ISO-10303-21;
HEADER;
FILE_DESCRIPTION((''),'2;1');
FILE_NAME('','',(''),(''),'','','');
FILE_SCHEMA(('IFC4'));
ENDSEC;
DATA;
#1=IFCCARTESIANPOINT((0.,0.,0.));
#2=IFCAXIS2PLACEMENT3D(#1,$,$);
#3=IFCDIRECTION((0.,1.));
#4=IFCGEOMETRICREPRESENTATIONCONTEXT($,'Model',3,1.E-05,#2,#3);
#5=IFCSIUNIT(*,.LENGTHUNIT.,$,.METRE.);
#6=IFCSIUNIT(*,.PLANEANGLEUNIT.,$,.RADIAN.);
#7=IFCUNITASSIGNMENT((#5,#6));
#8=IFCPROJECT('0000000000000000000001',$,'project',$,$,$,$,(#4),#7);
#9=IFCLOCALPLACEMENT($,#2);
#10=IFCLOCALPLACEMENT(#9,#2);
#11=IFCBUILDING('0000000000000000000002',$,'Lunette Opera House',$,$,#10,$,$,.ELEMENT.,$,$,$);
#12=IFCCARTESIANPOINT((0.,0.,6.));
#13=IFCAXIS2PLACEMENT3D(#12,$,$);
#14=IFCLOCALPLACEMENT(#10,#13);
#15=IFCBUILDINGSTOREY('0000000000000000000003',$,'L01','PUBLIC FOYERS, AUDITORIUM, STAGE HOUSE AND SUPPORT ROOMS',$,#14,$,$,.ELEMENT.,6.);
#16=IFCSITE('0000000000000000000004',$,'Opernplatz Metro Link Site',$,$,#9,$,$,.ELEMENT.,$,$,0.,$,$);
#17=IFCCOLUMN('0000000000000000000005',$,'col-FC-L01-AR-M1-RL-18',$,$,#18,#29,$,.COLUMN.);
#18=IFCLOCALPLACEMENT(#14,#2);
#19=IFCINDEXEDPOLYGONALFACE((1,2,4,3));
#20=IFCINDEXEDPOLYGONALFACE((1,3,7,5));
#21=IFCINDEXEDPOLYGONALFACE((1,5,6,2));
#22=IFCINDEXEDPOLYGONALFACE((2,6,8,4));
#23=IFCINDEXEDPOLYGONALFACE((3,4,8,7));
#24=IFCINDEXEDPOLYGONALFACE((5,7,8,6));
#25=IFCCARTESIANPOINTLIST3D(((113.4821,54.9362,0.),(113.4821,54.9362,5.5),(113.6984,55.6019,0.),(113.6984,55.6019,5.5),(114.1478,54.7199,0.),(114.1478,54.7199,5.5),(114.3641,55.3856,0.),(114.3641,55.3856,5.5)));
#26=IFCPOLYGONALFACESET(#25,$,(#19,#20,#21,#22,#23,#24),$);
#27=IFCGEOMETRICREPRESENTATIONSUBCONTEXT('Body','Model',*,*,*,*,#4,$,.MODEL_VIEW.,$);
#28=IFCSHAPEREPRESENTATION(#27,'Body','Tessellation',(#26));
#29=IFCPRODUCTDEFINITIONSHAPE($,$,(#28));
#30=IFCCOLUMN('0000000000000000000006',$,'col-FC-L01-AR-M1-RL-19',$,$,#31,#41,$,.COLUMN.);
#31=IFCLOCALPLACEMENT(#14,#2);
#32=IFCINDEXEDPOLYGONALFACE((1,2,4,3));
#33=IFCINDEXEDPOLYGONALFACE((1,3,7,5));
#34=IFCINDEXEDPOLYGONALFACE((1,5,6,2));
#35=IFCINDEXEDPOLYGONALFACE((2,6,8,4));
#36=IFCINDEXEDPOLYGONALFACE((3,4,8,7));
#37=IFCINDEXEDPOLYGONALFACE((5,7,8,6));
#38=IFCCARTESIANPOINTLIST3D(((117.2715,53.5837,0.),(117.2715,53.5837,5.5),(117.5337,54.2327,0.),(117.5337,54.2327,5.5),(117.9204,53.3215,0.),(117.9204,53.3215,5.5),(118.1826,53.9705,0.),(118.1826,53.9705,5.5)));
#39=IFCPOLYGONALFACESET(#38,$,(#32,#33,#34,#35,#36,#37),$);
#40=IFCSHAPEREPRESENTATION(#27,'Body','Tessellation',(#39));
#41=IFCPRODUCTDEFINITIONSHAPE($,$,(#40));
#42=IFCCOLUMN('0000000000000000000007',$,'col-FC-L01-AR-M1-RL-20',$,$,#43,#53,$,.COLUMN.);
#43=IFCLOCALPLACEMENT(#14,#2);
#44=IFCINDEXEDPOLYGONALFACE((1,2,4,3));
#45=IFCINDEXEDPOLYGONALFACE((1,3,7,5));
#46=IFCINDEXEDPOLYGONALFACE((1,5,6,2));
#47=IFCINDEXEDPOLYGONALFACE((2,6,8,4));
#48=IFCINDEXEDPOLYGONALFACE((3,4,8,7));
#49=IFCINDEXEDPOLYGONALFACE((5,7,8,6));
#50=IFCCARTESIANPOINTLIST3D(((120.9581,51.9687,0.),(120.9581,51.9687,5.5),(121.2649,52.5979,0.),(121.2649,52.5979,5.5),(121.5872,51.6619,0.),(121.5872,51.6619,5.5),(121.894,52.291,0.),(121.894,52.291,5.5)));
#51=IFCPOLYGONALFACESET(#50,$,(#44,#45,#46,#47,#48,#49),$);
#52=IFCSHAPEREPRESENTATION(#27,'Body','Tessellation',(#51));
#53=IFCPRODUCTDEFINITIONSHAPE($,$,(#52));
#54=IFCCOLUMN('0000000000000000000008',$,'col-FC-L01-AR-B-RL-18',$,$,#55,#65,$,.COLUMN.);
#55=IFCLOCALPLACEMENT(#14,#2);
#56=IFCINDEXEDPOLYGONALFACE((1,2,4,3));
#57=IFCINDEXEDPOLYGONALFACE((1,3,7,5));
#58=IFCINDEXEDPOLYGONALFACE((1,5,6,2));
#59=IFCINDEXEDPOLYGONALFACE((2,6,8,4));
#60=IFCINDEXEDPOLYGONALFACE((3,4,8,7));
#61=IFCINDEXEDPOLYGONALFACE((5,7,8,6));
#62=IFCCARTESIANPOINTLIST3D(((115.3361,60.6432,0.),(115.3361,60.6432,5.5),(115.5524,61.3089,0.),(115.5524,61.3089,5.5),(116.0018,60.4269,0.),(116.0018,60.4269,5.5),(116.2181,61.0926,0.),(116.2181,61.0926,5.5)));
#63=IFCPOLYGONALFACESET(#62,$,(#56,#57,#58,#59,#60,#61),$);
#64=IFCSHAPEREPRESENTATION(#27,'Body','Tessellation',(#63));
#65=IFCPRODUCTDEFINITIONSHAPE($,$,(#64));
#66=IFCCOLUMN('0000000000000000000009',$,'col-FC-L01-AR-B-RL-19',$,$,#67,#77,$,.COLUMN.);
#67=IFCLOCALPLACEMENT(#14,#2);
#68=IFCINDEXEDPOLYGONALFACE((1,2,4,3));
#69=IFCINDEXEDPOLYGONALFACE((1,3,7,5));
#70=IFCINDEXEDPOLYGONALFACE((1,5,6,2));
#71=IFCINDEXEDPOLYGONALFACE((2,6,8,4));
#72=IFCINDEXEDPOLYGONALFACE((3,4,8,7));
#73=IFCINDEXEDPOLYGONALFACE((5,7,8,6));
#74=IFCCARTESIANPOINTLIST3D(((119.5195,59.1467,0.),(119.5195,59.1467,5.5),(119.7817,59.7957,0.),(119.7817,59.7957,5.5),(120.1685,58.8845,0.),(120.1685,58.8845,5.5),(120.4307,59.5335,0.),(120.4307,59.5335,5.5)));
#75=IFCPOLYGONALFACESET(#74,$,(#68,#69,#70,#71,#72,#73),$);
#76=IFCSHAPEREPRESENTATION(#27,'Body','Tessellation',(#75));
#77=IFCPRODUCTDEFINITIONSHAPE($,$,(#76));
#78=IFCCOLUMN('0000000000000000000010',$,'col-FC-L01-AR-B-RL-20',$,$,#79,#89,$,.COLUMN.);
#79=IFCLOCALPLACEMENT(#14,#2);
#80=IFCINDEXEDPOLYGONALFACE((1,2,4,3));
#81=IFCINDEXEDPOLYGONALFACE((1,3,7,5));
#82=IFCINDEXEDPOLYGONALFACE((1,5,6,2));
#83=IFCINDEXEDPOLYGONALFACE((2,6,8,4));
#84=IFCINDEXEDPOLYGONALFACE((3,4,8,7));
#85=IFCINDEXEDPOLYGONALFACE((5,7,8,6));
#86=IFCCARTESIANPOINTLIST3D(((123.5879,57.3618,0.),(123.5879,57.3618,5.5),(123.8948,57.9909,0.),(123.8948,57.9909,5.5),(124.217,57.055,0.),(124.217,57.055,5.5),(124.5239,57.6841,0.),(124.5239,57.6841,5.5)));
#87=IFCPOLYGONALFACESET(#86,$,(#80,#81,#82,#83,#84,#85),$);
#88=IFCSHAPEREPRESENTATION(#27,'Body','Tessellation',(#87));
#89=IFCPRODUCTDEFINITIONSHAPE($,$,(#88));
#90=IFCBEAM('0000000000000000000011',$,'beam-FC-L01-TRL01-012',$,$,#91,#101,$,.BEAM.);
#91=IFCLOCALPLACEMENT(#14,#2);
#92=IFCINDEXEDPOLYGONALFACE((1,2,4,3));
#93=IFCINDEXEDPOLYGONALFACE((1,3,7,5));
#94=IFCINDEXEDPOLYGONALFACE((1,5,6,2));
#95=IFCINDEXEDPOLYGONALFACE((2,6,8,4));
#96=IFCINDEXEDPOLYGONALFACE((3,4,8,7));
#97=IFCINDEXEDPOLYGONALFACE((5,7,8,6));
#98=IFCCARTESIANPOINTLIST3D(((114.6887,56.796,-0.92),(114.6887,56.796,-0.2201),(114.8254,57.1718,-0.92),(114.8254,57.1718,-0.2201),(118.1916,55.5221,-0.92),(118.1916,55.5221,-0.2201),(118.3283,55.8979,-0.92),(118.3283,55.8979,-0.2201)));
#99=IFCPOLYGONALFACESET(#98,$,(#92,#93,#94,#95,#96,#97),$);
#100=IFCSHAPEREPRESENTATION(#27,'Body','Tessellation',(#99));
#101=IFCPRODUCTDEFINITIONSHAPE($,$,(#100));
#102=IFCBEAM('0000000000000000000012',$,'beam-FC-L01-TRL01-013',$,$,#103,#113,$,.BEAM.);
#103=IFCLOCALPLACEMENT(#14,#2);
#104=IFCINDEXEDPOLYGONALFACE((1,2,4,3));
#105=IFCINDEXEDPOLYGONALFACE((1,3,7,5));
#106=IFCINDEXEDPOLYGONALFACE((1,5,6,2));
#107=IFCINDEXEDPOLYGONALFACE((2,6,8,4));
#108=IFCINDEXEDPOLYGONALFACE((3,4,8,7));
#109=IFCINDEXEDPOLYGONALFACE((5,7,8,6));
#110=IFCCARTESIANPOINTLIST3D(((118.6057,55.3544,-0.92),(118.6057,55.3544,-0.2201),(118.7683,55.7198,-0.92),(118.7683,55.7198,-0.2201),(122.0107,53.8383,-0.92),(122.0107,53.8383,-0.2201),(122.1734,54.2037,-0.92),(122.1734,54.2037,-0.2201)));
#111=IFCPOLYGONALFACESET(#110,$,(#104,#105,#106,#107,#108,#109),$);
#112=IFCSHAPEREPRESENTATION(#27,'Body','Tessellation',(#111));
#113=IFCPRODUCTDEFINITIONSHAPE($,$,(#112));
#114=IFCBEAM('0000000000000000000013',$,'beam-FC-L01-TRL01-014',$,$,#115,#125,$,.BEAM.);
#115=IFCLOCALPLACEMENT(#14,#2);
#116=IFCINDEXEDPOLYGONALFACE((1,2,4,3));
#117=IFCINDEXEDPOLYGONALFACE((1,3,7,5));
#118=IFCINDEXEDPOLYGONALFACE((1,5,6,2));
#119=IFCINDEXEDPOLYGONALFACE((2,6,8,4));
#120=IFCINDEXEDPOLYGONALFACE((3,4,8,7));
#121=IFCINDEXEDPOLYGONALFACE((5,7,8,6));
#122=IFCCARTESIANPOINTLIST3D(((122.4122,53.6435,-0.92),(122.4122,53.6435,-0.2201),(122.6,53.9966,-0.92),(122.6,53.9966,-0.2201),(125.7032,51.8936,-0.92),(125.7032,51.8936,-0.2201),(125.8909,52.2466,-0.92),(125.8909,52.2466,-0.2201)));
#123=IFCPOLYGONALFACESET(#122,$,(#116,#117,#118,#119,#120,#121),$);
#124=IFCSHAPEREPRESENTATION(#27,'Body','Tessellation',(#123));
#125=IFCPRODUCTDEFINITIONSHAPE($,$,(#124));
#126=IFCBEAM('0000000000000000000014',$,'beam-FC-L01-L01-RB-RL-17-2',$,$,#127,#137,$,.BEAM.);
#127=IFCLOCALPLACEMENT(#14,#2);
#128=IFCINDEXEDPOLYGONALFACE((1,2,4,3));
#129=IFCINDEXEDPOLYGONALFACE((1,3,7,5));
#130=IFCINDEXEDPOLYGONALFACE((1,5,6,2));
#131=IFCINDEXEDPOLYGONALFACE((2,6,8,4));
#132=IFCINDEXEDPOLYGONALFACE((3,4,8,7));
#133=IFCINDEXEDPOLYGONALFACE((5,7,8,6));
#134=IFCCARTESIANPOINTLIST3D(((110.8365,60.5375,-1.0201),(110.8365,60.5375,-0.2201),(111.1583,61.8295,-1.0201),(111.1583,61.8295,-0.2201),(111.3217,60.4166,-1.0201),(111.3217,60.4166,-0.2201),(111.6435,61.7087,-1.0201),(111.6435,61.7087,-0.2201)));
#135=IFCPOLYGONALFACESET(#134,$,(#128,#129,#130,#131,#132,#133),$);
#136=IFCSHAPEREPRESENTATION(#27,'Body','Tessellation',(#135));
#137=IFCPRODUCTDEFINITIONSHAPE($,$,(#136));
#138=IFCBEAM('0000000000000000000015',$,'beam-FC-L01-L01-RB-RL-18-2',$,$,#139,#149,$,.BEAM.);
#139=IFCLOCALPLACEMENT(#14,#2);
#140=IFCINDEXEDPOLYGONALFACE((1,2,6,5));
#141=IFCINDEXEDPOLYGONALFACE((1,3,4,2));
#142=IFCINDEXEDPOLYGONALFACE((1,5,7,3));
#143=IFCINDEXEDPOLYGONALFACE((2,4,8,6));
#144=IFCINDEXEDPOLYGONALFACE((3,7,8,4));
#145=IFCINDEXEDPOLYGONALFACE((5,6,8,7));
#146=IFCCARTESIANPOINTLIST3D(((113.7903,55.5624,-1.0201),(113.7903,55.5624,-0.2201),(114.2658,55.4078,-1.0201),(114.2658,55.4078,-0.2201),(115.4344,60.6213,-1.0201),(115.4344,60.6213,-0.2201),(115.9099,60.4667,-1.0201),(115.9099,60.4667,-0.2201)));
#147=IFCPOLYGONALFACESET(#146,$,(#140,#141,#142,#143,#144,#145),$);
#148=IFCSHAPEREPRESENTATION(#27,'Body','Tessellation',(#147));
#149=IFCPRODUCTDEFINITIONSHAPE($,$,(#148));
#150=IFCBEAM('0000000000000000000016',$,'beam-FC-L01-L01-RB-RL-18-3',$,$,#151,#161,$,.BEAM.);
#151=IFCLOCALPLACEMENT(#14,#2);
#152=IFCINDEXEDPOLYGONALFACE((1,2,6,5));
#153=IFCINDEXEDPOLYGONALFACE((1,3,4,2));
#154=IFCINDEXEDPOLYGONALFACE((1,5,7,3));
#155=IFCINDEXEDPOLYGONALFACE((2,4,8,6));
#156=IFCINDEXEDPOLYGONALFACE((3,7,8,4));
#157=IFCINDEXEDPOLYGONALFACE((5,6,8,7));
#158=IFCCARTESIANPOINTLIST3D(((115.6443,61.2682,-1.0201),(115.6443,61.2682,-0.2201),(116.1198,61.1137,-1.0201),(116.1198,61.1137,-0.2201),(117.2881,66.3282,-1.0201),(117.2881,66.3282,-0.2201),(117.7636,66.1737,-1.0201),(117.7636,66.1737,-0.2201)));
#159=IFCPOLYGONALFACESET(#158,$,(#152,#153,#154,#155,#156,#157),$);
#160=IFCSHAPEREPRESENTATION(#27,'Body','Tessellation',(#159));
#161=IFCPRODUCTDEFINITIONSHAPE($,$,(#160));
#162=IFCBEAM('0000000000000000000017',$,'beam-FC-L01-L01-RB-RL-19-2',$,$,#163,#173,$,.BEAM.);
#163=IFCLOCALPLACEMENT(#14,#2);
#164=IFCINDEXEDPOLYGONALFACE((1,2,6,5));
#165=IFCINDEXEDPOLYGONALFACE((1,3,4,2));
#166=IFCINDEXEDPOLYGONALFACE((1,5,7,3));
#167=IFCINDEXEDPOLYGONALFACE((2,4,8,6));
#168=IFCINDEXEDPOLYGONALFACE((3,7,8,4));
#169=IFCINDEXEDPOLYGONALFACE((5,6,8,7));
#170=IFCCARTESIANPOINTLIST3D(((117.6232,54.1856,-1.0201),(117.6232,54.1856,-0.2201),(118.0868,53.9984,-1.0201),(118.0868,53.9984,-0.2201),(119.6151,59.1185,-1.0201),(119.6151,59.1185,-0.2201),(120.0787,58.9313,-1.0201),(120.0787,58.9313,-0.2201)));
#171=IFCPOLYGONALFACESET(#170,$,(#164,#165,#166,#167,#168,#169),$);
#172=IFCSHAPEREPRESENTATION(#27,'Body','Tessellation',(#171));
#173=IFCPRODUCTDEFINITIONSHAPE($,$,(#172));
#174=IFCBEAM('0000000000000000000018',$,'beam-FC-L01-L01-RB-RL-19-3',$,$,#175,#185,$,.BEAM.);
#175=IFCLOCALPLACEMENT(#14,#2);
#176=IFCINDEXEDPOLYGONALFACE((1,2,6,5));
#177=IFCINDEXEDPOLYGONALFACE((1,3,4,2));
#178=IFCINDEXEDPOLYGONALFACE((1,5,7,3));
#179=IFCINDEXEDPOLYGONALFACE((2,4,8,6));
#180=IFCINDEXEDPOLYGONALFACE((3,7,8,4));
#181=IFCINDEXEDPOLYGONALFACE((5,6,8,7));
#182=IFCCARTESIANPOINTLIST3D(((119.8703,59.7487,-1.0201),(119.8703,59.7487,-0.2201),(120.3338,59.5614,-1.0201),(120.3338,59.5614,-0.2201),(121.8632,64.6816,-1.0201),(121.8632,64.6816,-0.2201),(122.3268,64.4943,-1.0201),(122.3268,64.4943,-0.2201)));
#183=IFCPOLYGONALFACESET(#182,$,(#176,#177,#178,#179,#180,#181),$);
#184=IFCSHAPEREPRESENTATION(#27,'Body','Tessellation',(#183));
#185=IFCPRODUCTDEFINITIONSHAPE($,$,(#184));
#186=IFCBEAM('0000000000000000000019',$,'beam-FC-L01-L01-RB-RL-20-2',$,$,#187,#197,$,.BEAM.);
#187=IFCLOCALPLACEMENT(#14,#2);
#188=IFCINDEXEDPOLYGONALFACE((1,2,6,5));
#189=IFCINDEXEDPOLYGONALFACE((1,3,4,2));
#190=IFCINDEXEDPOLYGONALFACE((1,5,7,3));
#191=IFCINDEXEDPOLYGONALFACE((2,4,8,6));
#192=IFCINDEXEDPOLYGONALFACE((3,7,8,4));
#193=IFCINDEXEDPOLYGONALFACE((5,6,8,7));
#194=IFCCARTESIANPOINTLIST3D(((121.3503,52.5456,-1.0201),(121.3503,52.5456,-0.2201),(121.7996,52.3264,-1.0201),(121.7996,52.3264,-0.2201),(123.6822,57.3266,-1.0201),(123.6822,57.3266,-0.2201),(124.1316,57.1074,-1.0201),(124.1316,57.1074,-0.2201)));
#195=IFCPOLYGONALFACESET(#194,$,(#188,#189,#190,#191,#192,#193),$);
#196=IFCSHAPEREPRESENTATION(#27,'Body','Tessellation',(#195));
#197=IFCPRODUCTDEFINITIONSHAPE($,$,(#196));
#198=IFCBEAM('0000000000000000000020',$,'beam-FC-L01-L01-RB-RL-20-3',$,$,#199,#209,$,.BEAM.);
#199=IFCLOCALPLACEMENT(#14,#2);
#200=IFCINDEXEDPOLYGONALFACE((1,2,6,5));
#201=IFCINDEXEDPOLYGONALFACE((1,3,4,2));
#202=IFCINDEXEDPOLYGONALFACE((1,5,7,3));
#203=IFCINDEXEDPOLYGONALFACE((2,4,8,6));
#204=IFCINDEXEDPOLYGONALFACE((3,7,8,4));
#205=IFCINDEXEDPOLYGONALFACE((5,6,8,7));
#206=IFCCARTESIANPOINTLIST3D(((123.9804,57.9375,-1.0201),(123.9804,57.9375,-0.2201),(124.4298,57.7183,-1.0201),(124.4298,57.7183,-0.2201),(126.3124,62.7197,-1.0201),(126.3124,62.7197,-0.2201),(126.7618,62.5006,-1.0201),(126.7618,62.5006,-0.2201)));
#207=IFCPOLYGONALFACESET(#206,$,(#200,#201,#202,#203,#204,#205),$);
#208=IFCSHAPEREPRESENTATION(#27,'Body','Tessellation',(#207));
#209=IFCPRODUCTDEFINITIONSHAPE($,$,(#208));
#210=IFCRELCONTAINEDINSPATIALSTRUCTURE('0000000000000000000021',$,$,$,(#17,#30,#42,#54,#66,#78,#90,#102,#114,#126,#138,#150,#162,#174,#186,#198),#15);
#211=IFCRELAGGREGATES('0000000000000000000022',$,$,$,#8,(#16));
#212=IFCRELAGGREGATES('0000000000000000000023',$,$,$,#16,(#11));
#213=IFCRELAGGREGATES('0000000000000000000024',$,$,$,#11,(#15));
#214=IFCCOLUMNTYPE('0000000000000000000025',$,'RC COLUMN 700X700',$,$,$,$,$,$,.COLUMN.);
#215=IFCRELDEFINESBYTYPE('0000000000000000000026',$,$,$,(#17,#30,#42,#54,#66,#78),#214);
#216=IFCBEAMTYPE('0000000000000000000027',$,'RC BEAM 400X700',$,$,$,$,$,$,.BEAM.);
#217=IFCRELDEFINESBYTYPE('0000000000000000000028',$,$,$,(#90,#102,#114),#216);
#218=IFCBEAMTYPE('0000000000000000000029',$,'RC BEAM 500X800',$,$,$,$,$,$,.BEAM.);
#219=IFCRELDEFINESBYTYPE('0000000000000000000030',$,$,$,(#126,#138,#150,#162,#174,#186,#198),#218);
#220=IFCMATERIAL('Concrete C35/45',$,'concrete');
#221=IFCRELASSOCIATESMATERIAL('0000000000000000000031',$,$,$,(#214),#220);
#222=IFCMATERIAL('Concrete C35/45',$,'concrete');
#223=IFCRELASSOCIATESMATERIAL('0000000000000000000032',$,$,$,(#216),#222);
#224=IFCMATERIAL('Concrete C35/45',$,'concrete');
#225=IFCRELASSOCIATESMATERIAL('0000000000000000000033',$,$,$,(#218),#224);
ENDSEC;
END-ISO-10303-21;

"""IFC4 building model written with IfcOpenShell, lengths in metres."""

from ifc_helpers import new_model, si_unit, direction, frame, origin, origin_2d, place, context, subcontext, project, spatial, rectangle, extrude, material, material_profile, profile_set, type_object, element, save


model = new_model("IFC4")

# Units and contexts
model_context = context("Model", 3, precision=1e-05, world=origin(), true_north=direction((0.0, 1.0)))
body_context = subcontext(model_context, "Body", "Model", "MODEL_VIEW")
ifc_project = project(units=[si_unit("LENGTHUNIT", "METRE"), si_unit("PLANEANGLEUNIT", "RADIAN")], contexts=[model_context])

# Site, building, storey
site_placement = place(None, origin())
site = spatial("IfcSite", under=ifc_project, at=site_placement, Name="Opernplatz Metro Link Site", CompositionType="ELEMENT", RefElevation=0.0)
building_placement = place(site_placement, origin())
building = spatial("IfcBuilding", under=site, at=building_placement, Name="Lunette Opera House", CompositionType="ELEMENT")
storey_placement = place(building_placement, frame((0.0, 0.0, 6.0)))
storey = spatial("IfcBuildingStorey", under=building, at=storey_placement, Name="L01", Description="PUBLIC FOYERS, AUDITORIUM, STAGE HOUSE AND SUPPORT ROOMS", CompositionType="ELEMENT", Elevation=6.0)

# Columns
ifc_material_1 = material(Name="Concrete C35/45", Category="concrete")
ifc_material_profile_1 = material_profile(ifc_material_1, rectangle(XDim=0.7, YDim=0.7, at=origin_2d()), Name="RC COLUMN 700X700")
ifc_profile_set_1 = profile_set([ifc_material_profile_1], Name="Concrete C35/45")
column_type = type_object("IfcColumnType", Name="RC COLUMN 700X700", PredefinedType="COLUMN", material=ifc_profile_set_1)
for number, where, z_axis, x_axis, name in (
    (1, (113.9231, 55.1609, 0.0), (0.0, 0.0, 1.0), (0.951057, -0.309017, 0.0), "col-FC-L01-AR-M1-RL-18"),
    (2, (117.7271, 53.7771, 0.0), (0.0, 0.0, 1.0), (0.927184, -0.374607, 0.0), "col-FC-L01-AR-M1-RL-19"),
    (3, (121.426, 52.1299, 0.0), (0.0, 0.0, 1.0), (0.898794, -0.438371, 0.0), "col-FC-L01-AR-M1-RL-20"),
    (4, (115.7771, 60.8679, 0.0), (0.0, 0.0, 1.0), (0.951057, -0.309017, 0.0), "col-FC-L01-AR-B-RL-18"),
    (5, (119.9751, 59.3401, 0.0), (0.0, 0.0, 1.0), (0.927184, -0.374607, 0.0), "col-FC-L01-AR-B-RL-19"),
    (6, (124.0559, 57.5229, 0.0), (0.0, 0.0, 1.0), (0.898794, -0.438371, 0.0), "col-FC-L01-AR-B-RL-20"),
):
    element("IfcColumn", number, at=place(storey_placement, frame(where, z_axis=z_axis, x_axis=x_axis)), inside=storey, type_object=column_type, Name=name, PredefinedType="COLUMN", context=body_context, shape_type="SweptSolid", body=[
        extrude(rectangle(XDim=0.7, YDim=0.7, at=origin_2d()), origin(), (0.0, 0.0, 1.0), 5.5),
    ])

# Beams
ifc_material_2 = material(Name="Concrete C35/45", Category="concrete")
ifc_material_profile_2 = material_profile(ifc_material_2, rectangle(XDim=0.3999, YDim=0.7, at=origin_2d()), Name="RC BEAM 400X700")
ifc_profile_set_2 = profile_set([ifc_material_profile_2], Name="Concrete C35/45")
beam_type_1 = type_object("IfcBeamType", Name="RC BEAM 400X700", PredefinedType="BEAM", material=ifc_profile_set_2)
for number, where, z_axis, x_axis, name in (
    (7, (114.7571, 56.9839, -0.5701), (0.939782, -0.341775, 0.0), (0.341775, 0.939782, 0.0), "beam-FC-L01-TRL01-012"),
    (8, (118.687, 55.5371, -0.5701), (0.913536, -0.406758, 0.0), (0.406758, 0.913536, 0.0), "beam-FC-L01-TRL01-013"),
    (9, (122.5061, 53.8201, -0.5701), (0.882932, -0.4695, 0.0), (0.4695, 0.882932, 0.0), "beam-FC-L01-TRL01-014"),
):
    element("IfcBeam", number, at=place(storey_placement, frame(where, z_axis=z_axis, x_axis=x_axis)), inside=storey, type_object=beam_type_1, Name=name, PredefinedType="BEAM", context=body_context, shape_type="SweptSolid", body=[
        extrude(rectangle(XDim=0.3999, YDim=0.7, at=origin_2d()), origin(), (0.0, 0.0, 1.0), 3.7273),
    ])
ifc_material_3 = material(Name="Concrete C35/45", Category="concrete")
ifc_material_profile_3 = material_profile(ifc_material_3, rectangle(XDim=0.5, YDim=0.8, at=origin_2d()), Name="RC BEAM 500X800")
ifc_profile_set_3 = profile_set([ifc_material_profile_3], Name="Concrete C35/45")
beam_type_2 = type_object("IfcBeamType", Name="RC BEAM 500X800", PredefinedType="BEAM", material=ifc_profile_set_3)
beam_1_placement = place(storey_placement, frame((111.0791, 60.4771, -0.6201), z_axis=(0.241673, 0.970358, 0.0), x_axis=(-0.970358, 0.241673, 0.0)))
element("IfcBeam", 10, at=beam_1_placement, inside=storey, type_object=beam_type_2, Name="beam-FC-L01-L01-RB-RL-17-2", PredefinedType="BEAM", context=body_context, shape_type="SweptSolid", body=[
    extrude(rectangle(XDim=0.5, YDim=0.8, at=origin_2d()), origin(), (0.0, 0.0, 1.0), 1.3315),
])
beam_2_placement = place(storey_placement, frame((114.0281, 55.4851, -0.6201), z_axis=(0.309073, 0.951038, 0.0), x_axis=(-0.951038, 0.309073, 0.0)))
element("IfcBeam", 11, at=beam_2_placement, inside=storey, type_object=beam_type_2, Name="beam-FC-L01-L01-RB-RL-18-2", PredefinedType="BEAM", context=body_context, shape_type="SweptSolid", body=[
    extrude(rectangle(XDim=0.5, YDim=0.8, at=origin_2d()), origin(), (0.0, 0.0, 1.0), 5.3193),
])
beam_3_placement = place(storey_placement, frame((115.8821, 61.1909, -0.6201), z_axis=(0.308964, 0.951074, 0.0), x_axis=(-0.951074, 0.308964, 0.0)))
element("IfcBeam", 12, at=beam_3_placement, inside=storey, type_object=beam_type_2, Name="beam-FC-L01-L01-RB-RL-18-3", PredefinedType="BEAM", context=body_context, shape_type="SweptSolid", body=[
    extrude(rectangle(XDim=0.5, YDim=0.8, at=origin_2d()), origin(), (0.0, 0.0, 1.0), 5.3203),
])
beam_4_placement = place(storey_placement, frame((117.855, 54.092, -0.6201), z_axis=(0.374435, 0.927253, 0.0), x_axis=(-0.927253, 0.374435, 0.0)))
element("IfcBeam", 13, at=beam_4_placement, inside=storey, type_object=beam_type_2, Name="beam-FC-L01-L01-RB-RL-19-2", PredefinedType="BEAM", context=body_context, shape_type="SweptSolid", body=[
    extrude(rectangle(XDim=0.5, YDim=0.8, at=origin_2d()), origin(), (0.0, 0.0, 1.0), 5.3198),
])
beam_5_placement = place(storey_placement, frame((120.1021, 59.655, -0.6201), z_axis=(0.374593, 0.927189, 0.0), x_axis=(-0.927189, 0.374593, 0.0)))
element("IfcBeam", 14, at=beam_5_placement, inside=storey, type_object=beam_type_2, Name="beam-FC-L01-L01-RB-RL-19-3", PredefinedType="BEAM", context=body_context, shape_type="SweptSolid", body=[
    extrude(rectangle(XDim=0.5, YDim=0.8, at=origin_2d()), origin(), (0.0, 0.0, 1.0), 5.3203),
])
beam_6_placement = place(storey_placement, frame((121.575, 52.436, -0.6201), z_axis=(0.438398, 0.898781, 0.0), x_axis=(-0.898781, 0.438398, 0.0)))
element("IfcBeam", 15, at=beam_6_placement, inside=storey, type_object=beam_type_2, Name="beam-FC-L01-L01-RB-RL-20-2", PredefinedType="BEAM", context=body_context, shape_type="SweptSolid", body=[
    extrude(rectangle(XDim=0.5, YDim=0.8, at=origin_2d()), origin(), (0.0, 0.0, 1.0), 5.3193),
])
beam_7_placement = place(storey_placement, frame((124.2051, 57.8279, -0.6201), z_axis=(0.438308, 0.898825, 0.0), x_axis=(-0.898825, 0.438308, 0.0)))
element("IfcBeam", 16, at=beam_7_placement, inside=storey, type_object=beam_type_2, Name="beam-FC-L01-L01-RB-RL-20-3", PredefinedType="BEAM", context=body_context, shape_type="SweptSolid", body=[
    extrude(rectangle(XDim=0.5, YDim=0.8, at=origin_2d()), origin(), (0.0, 0.0, 1.0), 5.3206),
])

save(model, "model.ifc")
